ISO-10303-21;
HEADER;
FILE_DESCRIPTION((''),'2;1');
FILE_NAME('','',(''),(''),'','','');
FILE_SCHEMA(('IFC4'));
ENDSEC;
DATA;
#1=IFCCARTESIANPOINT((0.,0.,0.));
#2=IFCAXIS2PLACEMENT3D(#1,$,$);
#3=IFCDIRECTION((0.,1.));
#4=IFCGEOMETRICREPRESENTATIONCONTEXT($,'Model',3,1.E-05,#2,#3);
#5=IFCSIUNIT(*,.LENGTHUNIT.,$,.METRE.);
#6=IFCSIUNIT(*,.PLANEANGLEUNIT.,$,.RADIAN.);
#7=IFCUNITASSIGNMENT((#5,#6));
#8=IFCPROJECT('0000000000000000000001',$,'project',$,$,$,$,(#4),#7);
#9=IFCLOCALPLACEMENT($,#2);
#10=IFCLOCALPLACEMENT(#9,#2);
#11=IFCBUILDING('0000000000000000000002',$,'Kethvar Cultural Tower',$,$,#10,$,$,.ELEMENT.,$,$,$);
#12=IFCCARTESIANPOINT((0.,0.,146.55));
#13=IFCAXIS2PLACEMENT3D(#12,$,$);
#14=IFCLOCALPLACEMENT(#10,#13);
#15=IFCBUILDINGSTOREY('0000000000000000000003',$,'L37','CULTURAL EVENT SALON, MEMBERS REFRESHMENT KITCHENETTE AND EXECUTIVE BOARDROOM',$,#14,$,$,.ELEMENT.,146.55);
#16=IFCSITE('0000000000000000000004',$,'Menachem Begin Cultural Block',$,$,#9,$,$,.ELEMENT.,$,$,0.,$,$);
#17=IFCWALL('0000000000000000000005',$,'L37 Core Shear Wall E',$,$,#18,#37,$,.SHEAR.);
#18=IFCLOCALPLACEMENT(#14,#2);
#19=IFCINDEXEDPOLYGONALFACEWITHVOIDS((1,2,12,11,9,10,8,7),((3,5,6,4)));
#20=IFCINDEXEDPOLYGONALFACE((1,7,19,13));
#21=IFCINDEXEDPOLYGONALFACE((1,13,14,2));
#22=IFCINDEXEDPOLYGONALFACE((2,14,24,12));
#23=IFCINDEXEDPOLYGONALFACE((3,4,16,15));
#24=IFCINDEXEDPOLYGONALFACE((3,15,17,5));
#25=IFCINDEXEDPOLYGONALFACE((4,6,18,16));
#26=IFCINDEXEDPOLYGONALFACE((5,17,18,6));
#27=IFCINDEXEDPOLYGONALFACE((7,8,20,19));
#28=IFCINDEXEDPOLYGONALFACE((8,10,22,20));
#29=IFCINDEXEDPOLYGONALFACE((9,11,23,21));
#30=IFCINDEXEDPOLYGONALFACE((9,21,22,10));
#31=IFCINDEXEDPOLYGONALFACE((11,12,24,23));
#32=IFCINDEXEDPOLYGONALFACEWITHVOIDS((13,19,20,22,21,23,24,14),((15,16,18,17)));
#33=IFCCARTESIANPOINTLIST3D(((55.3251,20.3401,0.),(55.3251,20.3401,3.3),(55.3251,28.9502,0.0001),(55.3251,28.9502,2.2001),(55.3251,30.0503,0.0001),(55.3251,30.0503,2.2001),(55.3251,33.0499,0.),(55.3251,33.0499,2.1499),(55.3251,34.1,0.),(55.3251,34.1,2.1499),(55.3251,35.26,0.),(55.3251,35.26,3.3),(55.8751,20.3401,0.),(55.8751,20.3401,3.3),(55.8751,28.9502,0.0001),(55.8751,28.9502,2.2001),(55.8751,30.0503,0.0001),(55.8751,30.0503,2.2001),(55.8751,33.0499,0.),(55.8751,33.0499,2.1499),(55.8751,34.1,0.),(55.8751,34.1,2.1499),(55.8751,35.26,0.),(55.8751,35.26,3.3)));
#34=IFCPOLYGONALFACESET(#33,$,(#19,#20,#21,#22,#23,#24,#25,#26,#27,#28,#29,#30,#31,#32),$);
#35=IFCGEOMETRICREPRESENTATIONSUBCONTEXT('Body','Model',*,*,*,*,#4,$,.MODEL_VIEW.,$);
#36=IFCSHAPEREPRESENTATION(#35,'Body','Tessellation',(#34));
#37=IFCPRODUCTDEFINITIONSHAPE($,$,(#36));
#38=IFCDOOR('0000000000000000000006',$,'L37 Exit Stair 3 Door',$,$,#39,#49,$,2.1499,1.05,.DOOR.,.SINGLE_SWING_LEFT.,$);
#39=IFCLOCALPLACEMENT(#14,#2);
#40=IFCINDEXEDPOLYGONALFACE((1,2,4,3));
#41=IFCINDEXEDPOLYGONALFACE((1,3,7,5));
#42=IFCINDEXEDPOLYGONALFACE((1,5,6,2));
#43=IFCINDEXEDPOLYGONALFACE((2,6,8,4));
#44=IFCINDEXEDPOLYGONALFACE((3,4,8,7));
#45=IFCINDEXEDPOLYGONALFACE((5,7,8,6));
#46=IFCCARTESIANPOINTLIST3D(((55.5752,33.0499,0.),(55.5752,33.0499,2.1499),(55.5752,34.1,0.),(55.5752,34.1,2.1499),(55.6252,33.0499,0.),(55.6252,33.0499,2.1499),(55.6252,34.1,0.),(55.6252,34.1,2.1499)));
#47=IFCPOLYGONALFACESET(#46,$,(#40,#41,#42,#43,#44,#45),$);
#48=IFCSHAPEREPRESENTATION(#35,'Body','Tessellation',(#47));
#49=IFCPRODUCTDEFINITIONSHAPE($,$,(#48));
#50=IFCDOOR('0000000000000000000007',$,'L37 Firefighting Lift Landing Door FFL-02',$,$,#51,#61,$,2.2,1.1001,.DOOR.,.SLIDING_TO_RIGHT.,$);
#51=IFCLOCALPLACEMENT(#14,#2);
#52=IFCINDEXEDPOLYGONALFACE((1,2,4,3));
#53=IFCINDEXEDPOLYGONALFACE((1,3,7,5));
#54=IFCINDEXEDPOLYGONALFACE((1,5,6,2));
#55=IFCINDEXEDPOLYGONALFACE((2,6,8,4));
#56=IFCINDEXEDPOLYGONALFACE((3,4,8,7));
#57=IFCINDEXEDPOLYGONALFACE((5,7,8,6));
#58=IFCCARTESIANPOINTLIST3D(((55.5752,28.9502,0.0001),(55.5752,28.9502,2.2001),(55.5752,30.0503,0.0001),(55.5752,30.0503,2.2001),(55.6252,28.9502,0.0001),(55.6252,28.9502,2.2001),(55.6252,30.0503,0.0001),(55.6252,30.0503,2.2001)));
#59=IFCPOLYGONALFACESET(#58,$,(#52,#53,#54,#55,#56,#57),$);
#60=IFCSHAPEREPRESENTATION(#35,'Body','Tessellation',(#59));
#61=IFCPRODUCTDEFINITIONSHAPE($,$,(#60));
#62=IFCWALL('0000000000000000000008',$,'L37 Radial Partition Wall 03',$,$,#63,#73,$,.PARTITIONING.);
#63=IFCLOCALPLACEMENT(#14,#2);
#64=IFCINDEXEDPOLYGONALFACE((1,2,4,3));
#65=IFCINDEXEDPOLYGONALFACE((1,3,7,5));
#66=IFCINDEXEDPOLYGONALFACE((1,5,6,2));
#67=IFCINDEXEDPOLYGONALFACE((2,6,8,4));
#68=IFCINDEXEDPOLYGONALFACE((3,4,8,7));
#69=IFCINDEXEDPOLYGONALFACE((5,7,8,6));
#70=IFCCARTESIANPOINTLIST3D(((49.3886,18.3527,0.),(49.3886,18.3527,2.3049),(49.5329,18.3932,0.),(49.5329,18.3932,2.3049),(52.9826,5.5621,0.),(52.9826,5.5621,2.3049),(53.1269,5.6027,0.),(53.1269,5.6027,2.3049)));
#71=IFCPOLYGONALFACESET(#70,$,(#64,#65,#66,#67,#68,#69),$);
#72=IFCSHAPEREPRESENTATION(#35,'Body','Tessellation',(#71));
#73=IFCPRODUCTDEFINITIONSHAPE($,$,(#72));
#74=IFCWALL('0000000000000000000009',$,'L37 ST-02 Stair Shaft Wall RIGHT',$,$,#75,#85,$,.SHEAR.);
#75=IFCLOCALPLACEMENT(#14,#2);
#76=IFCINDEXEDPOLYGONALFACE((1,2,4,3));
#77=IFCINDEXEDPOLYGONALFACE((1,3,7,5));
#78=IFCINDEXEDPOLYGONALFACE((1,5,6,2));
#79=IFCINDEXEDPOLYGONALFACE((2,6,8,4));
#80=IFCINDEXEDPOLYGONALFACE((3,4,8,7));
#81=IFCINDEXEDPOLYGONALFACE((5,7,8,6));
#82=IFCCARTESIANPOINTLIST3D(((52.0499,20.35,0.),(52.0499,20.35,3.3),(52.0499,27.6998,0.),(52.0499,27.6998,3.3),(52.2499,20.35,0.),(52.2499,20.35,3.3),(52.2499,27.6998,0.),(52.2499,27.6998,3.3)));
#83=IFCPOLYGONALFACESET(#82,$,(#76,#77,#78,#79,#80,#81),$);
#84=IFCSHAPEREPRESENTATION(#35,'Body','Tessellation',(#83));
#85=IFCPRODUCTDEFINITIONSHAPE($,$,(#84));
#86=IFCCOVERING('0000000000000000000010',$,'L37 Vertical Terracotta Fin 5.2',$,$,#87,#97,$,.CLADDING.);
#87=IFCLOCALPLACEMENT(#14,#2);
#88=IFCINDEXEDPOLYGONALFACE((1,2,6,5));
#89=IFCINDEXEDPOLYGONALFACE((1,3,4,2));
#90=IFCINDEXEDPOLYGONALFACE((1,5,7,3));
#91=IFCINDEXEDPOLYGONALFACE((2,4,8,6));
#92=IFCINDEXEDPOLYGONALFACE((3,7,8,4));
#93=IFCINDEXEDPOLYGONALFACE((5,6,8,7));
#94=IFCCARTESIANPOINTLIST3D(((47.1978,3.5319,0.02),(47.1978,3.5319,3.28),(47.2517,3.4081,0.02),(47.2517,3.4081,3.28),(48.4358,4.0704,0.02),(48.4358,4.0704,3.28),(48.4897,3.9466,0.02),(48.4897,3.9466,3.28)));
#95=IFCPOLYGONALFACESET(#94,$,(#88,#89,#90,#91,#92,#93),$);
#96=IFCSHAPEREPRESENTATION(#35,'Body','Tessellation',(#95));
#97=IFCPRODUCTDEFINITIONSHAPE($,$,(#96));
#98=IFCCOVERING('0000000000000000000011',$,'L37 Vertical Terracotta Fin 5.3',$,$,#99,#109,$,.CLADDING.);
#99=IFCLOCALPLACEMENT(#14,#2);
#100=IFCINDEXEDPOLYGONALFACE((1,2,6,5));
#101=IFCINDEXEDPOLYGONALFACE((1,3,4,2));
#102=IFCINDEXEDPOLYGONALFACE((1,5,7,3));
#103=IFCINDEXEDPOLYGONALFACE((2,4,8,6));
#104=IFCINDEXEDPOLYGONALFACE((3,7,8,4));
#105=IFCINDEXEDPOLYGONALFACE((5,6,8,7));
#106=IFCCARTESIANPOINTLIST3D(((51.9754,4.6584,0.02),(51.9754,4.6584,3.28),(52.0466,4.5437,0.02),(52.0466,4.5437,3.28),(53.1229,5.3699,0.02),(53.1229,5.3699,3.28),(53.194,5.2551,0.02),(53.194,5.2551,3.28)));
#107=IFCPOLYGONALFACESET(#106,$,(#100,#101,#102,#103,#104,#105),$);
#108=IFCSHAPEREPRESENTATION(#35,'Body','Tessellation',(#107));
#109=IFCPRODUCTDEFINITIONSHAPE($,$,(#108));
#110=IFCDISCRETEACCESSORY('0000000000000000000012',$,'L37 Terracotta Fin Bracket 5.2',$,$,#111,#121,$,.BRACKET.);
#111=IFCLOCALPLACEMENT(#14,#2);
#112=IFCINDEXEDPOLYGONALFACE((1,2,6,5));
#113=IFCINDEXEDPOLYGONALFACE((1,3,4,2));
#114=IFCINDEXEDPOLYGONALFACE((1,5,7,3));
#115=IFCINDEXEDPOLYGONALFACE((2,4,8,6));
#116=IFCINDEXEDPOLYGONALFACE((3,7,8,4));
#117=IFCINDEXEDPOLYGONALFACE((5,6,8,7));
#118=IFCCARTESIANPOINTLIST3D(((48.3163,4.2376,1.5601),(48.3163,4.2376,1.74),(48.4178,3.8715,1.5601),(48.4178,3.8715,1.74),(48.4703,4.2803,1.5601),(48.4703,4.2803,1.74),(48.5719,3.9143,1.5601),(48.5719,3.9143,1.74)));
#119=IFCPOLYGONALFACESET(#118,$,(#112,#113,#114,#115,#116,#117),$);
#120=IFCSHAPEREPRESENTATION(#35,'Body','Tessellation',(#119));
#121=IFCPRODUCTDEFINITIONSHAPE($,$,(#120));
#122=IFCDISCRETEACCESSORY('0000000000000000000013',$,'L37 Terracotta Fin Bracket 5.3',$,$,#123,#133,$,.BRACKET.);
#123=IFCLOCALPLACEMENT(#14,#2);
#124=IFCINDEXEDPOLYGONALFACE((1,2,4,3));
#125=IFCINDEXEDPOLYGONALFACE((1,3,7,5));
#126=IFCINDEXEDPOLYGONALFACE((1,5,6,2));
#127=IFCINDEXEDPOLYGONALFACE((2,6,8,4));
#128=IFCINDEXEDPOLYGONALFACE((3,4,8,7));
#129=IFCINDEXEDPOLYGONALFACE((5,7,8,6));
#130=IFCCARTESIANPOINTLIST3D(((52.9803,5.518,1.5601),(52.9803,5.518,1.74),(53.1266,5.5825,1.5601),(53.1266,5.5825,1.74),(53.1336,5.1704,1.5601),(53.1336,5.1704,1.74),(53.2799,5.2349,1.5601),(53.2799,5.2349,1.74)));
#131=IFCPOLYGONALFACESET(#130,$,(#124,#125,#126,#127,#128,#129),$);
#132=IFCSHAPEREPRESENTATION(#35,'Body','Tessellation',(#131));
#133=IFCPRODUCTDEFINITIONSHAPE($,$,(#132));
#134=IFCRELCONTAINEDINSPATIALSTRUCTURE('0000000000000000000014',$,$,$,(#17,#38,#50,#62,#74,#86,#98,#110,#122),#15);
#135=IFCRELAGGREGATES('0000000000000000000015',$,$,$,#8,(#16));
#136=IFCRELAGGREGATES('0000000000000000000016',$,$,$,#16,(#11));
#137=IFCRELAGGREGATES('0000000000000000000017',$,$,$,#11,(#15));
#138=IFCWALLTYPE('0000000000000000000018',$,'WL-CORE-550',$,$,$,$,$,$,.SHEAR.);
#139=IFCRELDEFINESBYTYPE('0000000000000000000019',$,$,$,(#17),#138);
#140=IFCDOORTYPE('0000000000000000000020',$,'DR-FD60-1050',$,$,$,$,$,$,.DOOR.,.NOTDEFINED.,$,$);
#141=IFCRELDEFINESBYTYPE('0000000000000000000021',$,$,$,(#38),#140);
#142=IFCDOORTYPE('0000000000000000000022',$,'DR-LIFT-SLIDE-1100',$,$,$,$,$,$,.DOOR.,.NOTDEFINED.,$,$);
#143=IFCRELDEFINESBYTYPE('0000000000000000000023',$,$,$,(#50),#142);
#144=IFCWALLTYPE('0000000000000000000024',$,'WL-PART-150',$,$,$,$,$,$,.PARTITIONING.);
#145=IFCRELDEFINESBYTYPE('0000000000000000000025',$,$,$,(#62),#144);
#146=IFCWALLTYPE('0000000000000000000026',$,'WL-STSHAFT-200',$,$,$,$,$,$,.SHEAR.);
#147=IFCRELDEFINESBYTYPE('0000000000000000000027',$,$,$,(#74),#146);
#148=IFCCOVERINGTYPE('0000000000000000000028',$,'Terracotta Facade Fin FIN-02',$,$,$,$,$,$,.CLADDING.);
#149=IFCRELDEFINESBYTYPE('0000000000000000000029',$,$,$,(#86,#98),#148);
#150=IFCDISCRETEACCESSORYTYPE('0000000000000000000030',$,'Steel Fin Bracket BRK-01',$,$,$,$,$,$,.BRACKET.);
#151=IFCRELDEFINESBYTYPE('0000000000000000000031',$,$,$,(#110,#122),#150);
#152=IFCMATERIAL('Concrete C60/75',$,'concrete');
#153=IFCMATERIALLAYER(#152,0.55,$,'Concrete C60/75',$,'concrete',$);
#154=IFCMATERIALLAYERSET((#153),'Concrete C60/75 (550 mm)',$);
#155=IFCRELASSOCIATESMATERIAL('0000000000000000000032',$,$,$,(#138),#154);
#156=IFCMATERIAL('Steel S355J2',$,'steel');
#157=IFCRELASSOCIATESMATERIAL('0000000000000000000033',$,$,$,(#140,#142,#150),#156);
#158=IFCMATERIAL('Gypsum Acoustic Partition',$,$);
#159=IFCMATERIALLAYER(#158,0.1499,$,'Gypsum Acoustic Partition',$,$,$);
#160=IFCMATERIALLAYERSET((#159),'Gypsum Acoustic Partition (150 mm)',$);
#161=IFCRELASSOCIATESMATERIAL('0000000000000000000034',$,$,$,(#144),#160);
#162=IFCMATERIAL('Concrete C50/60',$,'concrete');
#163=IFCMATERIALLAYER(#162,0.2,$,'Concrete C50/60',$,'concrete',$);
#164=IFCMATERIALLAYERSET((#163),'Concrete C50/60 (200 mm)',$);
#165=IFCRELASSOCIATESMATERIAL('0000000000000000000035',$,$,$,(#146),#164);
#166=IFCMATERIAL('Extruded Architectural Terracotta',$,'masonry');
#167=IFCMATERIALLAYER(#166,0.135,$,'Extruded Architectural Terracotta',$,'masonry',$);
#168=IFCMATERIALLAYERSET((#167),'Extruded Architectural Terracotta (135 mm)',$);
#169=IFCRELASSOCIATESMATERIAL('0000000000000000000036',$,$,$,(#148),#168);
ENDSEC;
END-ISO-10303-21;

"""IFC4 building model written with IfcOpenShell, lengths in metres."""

from ifc_helpers import new_model, si_unit, direction, frame, frame_2d, origin, origin_2d, place, context, subcontext, project, spatial, rectangle, extrude, source, transform, mapped, material, layer, layer_set, type_object, element, fill, save


model = new_model("IFC4")

# Units and contexts
model_context = context("Model", 3, precision=1e-05, world=origin(), true_north=direction((0.0, 1.0)))
body_context = subcontext(model_context, "Body", "Model", "MODEL_VIEW")
ifc_project = project(units=[si_unit("LENGTHUNIT", "METRE"), si_unit("PLANEANGLEUNIT", "RADIAN")], contexts=[model_context])

# Site, building, storey
site_placement = place(None, origin())
site = spatial("IfcSite", under=ifc_project, at=site_placement, Name="Menachem Begin Cultural Block", CompositionType="ELEMENT", RefElevation=0.0)
building_placement = place(site_placement, origin())
building = spatial("IfcBuilding", under=site, at=building_placement, Name="Kethvar Cultural Tower", CompositionType="ELEMENT")
storey_placement = place(building_placement, frame((0.0, 0.0, 146.55)))
storey = spatial("IfcBuildingStorey", under=building, at=storey_placement, Name="L37", Description="CULTURAL EVENT SALON, MEMBERS REFRESHMENT KITCHENETTE AND EXECUTIVE BOARDROOM", CompositionType="ELEMENT", Elevation=146.55)

# Shared definitions
ifc_material_1 = material(Name="Steel S355J2", Category="steel")

# Wall, openings, doors
ifc_material_2 = material(Name="Concrete C60/75", Category="concrete")
ifc_layer_1 = layer(ifc_material_2, 0.55, Name="Concrete C60/75", Category="concrete")
ifc_layer_set_1 = layer_set([ifc_layer_1], Name="Concrete C60/75 (550 mm)")
wall_type_1 = type_object("IfcWallType", Name="WL-CORE-550", PredefinedType="SHEAR", material=ifc_layer_set_1)
wall_1_placement = place(storey_placement, frame((55.6001, 20.3401, 0.0), z_axis=(0.0, 0.0, 1.0), x_axis=(0.0, 1.0, 0.0)))
wall_1 = element("IfcWall", 1, at=wall_1_placement, inside=storey, type_object=wall_type_1, Name="L37 Core Shear Wall E", PredefinedType="SHEAR", context=body_context, shape_type="SweptSolid", body=[
    extrude(rectangle(XDim=14.9199, YDim=0.55, at=frame_2d((7.46, 0.0))), origin(), (0.0, 0.0, 1.0), 3.3),
])
opening_1_placement = place(wall_1_placement, frame((12.71, 0.0, 0.0)))
opening_1 = element("IfcOpeningElement", 2, at=opening_1_placement, cuts=wall_1, PredefinedType="OPENING", context=body_context, shape_type="SweptSolid", body=[
    extrude(rectangle(XDim=1.05, YDim=2.1499, at=frame_2d((0.5249, 1.075))), frame((0.0, 0.2849, 0.0), z_axis=(0.0, -1.0, 0.0), x_axis=(1.0, 0.0, 0.0)), (0.0, 0.0, 1.0), 0.5701),
])
opening_2_placement = place(wall_1_placement, frame((8.6101, 0.0, 0.0)))
opening_2 = element("IfcOpeningElement", 3, at=opening_2_placement, cuts=wall_1, PredefinedType="OPENING", context=body_context, shape_type="SweptSolid", body=[
    extrude(rectangle(XDim=1.1001, YDim=2.2, at=frame_2d((0.55, 1.1001))), frame((0.0, 0.2849, 0.0), z_axis=(0.0, -1.0, 0.0), x_axis=(1.0, 0.0, 0.0)), (0.0, 0.0, 1.0), 0.5701),
])
door_type_1 = type_object("IfcDoorType", Name="DR-FD60-1050", OperationType="NOTDEFINED", PredefinedType="DOOR", material=ifc_material_1)
shared_shape_1 = source(origin(), body_context, "Body", "SweptSolid", [
    extrude(rectangle(XDim=1.05, YDim=2.1499, at=frame_2d((0.5249, 1.075))), frame((0.0, 0.0249, 0.0), z_axis=(0.0, -1.0, 0.0), x_axis=(1.0, 0.0, 0.0)), (0.0, 0.0, 1.0), 0.05),
])
door_1_placement = place(opening_1_placement, origin())
door_1 = element("IfcDoor", 4, at=door_1_placement, inside=storey, type_object=door_type_1, Name="L37 Exit Stair 3 Door", OperationType="SINGLE_SWING_LEFT", OverallHeight=2.1499, OverallWidth=1.05, PredefinedType="DOOR", context=body_context, shape_type="MappedRepresentation", body=[
    mapped(shared_shape_1, transform((0.0, 0.0, 0.0), scale=1.0)),
])
fill(opening_1, door_1)
door_type_2 = type_object("IfcDoorType", Name="DR-LIFT-SLIDE-1100", OperationType="NOTDEFINED", PredefinedType="DOOR", material=ifc_material_1)
shared_shape_2 = source(origin(), body_context, "Body", "SweptSolid", [
    extrude(rectangle(XDim=1.1001, YDim=2.2, at=frame_2d((0.55, 1.1001))), frame((0.0, 0.0249, 0.0), z_axis=(0.0, -1.0, 0.0), x_axis=(1.0, 0.0, 0.0)), (0.0, 0.0, 1.0), 0.05),
])
door_2_placement = place(opening_2_placement, origin())
door_2 = element("IfcDoor", 5, at=door_2_placement, inside=storey, type_object=door_type_2, Name="L37 Firefighting Lift Landing Door FFL-02", OperationType="SLIDING_TO_RIGHT", OverallHeight=2.2, OverallWidth=1.1001, PredefinedType="DOOR", context=body_context, shape_type="MappedRepresentation", body=[
    mapped(shared_shape_2, transform((0.0, 0.0, 0.0), scale=1.0)),
])
fill(opening_2, door_2)

# Walls
ifc_material_3 = material(Name="Gypsum Acoustic Partition")
ifc_layer_2 = layer(ifc_material_3, 0.1499, Name="Gypsum Acoustic Partition")
ifc_layer_set_2 = layer_set([ifc_layer_2], Name="Gypsum Acoustic Partition (150 mm)")
wall_type_2 = type_object("IfcWallType", Name="WL-PART-150", PredefinedType="PARTITIONING", material=ifc_layer_set_2)
wall_2_placement = place(storey_placement, frame((49.4607, 18.373, 0.0), z_axis=(0.0, 0.0, 1.0), x_axis=(0.270512, -0.962716, 0.0)))
element("IfcWall", 6, at=wall_2_placement, inside=storey, type_object=wall_type_2, Name="L37 Radial Partition Wall 03", PredefinedType="PARTITIONING", context=body_context, shape_type="SweptSolid", body=[
    extrude(rectangle(XDim=13.2859, YDim=0.1499, at=frame_2d((6.6431, 0.0))), origin(), (0.0, 0.0, 1.0), 2.3049),
])
ifc_material_4 = material(Name="Concrete C50/60", Category="concrete")
ifc_layer_3 = layer(ifc_material_4, 0.2, Name="Concrete C50/60", Category="concrete")
ifc_layer_set_3 = layer_set([ifc_layer_3], Name="Concrete C50/60 (200 mm)")
wall_type_3 = type_object("IfcWallType", Name="WL-STSHAFT-200", PredefinedType="SHEAR", material=ifc_layer_set_3)
wall_3_placement = place(storey_placement, frame((52.1499, 20.3501, 0.0), z_axis=(0.0, 0.0, 1.0), x_axis=(0.0, 1.0, 0.0)))
element("IfcWall", 7, at=wall_3_placement, inside=storey, type_object=wall_type_3, Name="L37 ST-02 Stair Shaft Wall RIGHT", PredefinedType="SHEAR", context=body_context, shape_type="SweptSolid", body=[
    extrude(rectangle(XDim=7.3499, YDim=0.2, at=frame_2d((3.6748, 0.0))), origin(), (0.0, 0.0, 1.0), 3.3),
])

# Coverings
ifc_material_5 = material(Name="Extruded Architectural Terracotta", Category="masonry")
ifc_layer_4 = layer(ifc_material_5, 0.135, Name="Extruded Architectural Terracotta", Category="masonry")
ifc_layer_set_4 = layer_set([ifc_layer_4], Name="Extruded Architectural Terracotta (135 mm)")
covering_type = type_object("IfcCoveringType", Name="Terracotta Facade Fin FIN-02", PredefinedType="CLADDING", material=ifc_layer_set_4)
shared_shape_3 = source(origin(), body_context, "Body", "SweptSolid", [
    extrude(rectangle(XDim=1.3501, YDim=0.135, at=origin_2d()), origin(), (0.0, 0.0, 1.0), 3.26),
])
for number, where, z_axis, x_axis, name in (
    (8, (47.8438, 3.7393, 0.02), (0.0, 0.0, 1.0), (-0.91699, -0.398909, 0.0), "L37 Vertical Terracotta Fin 5.2"),
    (9, (52.5847, 4.9568, 0.02), (0.0, 0.0, 1.0), (-0.849893, -0.526956, 0.0), "L37 Vertical Terracotta Fin 5.3"),
):
    element("IfcCovering", number, at=place(storey_placement, frame(where, z_axis=z_axis, x_axis=x_axis)), inside=storey, type_object=covering_type, Name=name, PredefinedType="CLADDING", context=body_context, shape_type="MappedRepresentation", body=[
        mapped(shared_shape_3, transform((0.0, 0.0, 0.0), scale=1.0)),
    ])

# Discrete accessories
discrete_accessory_type = type_object("IfcDiscreteAccessoryType", Name="Steel Fin Bracket BRK-01", PredefinedType="BRACKET", material=ifc_material_1)
shared_shape_4 = source(origin(), body_context, "Body", "SweptSolid", [
    extrude(rectangle(XDim=0.3799, YDim=0.1599, at=origin_2d()), origin(), (0.0, 0.0, 1.0), 0.1799),
])
for number, where, z_axis, x_axis, name in (
    (10, (48.4441, 4.0759, 1.5601), (0.0, 0.0, 1.0), (0.267407, -0.963584, 0.0), "L37 Terracotta Fin Bracket 5.2"),
    (11, (53.1301, 5.3765, 1.5601), (0.0, 0.0, 1.0), (0.403545, -0.91496, 0.0), "L37 Terracotta Fin Bracket 5.3"),
):
    element("IfcDiscreteAccessory", number, at=place(storey_placement, frame(where, z_axis=z_axis, x_axis=x_axis)), inside=storey, type_object=discrete_accessory_type, Name=name, PredefinedType="BRACKET", context=body_context, shape_type="MappedRepresentation", body=[
        mapped(shared_shape_4, transform((0.0, 0.0, 0.0), scale=1.0)),
    ])

save(model, "model.ifc")
